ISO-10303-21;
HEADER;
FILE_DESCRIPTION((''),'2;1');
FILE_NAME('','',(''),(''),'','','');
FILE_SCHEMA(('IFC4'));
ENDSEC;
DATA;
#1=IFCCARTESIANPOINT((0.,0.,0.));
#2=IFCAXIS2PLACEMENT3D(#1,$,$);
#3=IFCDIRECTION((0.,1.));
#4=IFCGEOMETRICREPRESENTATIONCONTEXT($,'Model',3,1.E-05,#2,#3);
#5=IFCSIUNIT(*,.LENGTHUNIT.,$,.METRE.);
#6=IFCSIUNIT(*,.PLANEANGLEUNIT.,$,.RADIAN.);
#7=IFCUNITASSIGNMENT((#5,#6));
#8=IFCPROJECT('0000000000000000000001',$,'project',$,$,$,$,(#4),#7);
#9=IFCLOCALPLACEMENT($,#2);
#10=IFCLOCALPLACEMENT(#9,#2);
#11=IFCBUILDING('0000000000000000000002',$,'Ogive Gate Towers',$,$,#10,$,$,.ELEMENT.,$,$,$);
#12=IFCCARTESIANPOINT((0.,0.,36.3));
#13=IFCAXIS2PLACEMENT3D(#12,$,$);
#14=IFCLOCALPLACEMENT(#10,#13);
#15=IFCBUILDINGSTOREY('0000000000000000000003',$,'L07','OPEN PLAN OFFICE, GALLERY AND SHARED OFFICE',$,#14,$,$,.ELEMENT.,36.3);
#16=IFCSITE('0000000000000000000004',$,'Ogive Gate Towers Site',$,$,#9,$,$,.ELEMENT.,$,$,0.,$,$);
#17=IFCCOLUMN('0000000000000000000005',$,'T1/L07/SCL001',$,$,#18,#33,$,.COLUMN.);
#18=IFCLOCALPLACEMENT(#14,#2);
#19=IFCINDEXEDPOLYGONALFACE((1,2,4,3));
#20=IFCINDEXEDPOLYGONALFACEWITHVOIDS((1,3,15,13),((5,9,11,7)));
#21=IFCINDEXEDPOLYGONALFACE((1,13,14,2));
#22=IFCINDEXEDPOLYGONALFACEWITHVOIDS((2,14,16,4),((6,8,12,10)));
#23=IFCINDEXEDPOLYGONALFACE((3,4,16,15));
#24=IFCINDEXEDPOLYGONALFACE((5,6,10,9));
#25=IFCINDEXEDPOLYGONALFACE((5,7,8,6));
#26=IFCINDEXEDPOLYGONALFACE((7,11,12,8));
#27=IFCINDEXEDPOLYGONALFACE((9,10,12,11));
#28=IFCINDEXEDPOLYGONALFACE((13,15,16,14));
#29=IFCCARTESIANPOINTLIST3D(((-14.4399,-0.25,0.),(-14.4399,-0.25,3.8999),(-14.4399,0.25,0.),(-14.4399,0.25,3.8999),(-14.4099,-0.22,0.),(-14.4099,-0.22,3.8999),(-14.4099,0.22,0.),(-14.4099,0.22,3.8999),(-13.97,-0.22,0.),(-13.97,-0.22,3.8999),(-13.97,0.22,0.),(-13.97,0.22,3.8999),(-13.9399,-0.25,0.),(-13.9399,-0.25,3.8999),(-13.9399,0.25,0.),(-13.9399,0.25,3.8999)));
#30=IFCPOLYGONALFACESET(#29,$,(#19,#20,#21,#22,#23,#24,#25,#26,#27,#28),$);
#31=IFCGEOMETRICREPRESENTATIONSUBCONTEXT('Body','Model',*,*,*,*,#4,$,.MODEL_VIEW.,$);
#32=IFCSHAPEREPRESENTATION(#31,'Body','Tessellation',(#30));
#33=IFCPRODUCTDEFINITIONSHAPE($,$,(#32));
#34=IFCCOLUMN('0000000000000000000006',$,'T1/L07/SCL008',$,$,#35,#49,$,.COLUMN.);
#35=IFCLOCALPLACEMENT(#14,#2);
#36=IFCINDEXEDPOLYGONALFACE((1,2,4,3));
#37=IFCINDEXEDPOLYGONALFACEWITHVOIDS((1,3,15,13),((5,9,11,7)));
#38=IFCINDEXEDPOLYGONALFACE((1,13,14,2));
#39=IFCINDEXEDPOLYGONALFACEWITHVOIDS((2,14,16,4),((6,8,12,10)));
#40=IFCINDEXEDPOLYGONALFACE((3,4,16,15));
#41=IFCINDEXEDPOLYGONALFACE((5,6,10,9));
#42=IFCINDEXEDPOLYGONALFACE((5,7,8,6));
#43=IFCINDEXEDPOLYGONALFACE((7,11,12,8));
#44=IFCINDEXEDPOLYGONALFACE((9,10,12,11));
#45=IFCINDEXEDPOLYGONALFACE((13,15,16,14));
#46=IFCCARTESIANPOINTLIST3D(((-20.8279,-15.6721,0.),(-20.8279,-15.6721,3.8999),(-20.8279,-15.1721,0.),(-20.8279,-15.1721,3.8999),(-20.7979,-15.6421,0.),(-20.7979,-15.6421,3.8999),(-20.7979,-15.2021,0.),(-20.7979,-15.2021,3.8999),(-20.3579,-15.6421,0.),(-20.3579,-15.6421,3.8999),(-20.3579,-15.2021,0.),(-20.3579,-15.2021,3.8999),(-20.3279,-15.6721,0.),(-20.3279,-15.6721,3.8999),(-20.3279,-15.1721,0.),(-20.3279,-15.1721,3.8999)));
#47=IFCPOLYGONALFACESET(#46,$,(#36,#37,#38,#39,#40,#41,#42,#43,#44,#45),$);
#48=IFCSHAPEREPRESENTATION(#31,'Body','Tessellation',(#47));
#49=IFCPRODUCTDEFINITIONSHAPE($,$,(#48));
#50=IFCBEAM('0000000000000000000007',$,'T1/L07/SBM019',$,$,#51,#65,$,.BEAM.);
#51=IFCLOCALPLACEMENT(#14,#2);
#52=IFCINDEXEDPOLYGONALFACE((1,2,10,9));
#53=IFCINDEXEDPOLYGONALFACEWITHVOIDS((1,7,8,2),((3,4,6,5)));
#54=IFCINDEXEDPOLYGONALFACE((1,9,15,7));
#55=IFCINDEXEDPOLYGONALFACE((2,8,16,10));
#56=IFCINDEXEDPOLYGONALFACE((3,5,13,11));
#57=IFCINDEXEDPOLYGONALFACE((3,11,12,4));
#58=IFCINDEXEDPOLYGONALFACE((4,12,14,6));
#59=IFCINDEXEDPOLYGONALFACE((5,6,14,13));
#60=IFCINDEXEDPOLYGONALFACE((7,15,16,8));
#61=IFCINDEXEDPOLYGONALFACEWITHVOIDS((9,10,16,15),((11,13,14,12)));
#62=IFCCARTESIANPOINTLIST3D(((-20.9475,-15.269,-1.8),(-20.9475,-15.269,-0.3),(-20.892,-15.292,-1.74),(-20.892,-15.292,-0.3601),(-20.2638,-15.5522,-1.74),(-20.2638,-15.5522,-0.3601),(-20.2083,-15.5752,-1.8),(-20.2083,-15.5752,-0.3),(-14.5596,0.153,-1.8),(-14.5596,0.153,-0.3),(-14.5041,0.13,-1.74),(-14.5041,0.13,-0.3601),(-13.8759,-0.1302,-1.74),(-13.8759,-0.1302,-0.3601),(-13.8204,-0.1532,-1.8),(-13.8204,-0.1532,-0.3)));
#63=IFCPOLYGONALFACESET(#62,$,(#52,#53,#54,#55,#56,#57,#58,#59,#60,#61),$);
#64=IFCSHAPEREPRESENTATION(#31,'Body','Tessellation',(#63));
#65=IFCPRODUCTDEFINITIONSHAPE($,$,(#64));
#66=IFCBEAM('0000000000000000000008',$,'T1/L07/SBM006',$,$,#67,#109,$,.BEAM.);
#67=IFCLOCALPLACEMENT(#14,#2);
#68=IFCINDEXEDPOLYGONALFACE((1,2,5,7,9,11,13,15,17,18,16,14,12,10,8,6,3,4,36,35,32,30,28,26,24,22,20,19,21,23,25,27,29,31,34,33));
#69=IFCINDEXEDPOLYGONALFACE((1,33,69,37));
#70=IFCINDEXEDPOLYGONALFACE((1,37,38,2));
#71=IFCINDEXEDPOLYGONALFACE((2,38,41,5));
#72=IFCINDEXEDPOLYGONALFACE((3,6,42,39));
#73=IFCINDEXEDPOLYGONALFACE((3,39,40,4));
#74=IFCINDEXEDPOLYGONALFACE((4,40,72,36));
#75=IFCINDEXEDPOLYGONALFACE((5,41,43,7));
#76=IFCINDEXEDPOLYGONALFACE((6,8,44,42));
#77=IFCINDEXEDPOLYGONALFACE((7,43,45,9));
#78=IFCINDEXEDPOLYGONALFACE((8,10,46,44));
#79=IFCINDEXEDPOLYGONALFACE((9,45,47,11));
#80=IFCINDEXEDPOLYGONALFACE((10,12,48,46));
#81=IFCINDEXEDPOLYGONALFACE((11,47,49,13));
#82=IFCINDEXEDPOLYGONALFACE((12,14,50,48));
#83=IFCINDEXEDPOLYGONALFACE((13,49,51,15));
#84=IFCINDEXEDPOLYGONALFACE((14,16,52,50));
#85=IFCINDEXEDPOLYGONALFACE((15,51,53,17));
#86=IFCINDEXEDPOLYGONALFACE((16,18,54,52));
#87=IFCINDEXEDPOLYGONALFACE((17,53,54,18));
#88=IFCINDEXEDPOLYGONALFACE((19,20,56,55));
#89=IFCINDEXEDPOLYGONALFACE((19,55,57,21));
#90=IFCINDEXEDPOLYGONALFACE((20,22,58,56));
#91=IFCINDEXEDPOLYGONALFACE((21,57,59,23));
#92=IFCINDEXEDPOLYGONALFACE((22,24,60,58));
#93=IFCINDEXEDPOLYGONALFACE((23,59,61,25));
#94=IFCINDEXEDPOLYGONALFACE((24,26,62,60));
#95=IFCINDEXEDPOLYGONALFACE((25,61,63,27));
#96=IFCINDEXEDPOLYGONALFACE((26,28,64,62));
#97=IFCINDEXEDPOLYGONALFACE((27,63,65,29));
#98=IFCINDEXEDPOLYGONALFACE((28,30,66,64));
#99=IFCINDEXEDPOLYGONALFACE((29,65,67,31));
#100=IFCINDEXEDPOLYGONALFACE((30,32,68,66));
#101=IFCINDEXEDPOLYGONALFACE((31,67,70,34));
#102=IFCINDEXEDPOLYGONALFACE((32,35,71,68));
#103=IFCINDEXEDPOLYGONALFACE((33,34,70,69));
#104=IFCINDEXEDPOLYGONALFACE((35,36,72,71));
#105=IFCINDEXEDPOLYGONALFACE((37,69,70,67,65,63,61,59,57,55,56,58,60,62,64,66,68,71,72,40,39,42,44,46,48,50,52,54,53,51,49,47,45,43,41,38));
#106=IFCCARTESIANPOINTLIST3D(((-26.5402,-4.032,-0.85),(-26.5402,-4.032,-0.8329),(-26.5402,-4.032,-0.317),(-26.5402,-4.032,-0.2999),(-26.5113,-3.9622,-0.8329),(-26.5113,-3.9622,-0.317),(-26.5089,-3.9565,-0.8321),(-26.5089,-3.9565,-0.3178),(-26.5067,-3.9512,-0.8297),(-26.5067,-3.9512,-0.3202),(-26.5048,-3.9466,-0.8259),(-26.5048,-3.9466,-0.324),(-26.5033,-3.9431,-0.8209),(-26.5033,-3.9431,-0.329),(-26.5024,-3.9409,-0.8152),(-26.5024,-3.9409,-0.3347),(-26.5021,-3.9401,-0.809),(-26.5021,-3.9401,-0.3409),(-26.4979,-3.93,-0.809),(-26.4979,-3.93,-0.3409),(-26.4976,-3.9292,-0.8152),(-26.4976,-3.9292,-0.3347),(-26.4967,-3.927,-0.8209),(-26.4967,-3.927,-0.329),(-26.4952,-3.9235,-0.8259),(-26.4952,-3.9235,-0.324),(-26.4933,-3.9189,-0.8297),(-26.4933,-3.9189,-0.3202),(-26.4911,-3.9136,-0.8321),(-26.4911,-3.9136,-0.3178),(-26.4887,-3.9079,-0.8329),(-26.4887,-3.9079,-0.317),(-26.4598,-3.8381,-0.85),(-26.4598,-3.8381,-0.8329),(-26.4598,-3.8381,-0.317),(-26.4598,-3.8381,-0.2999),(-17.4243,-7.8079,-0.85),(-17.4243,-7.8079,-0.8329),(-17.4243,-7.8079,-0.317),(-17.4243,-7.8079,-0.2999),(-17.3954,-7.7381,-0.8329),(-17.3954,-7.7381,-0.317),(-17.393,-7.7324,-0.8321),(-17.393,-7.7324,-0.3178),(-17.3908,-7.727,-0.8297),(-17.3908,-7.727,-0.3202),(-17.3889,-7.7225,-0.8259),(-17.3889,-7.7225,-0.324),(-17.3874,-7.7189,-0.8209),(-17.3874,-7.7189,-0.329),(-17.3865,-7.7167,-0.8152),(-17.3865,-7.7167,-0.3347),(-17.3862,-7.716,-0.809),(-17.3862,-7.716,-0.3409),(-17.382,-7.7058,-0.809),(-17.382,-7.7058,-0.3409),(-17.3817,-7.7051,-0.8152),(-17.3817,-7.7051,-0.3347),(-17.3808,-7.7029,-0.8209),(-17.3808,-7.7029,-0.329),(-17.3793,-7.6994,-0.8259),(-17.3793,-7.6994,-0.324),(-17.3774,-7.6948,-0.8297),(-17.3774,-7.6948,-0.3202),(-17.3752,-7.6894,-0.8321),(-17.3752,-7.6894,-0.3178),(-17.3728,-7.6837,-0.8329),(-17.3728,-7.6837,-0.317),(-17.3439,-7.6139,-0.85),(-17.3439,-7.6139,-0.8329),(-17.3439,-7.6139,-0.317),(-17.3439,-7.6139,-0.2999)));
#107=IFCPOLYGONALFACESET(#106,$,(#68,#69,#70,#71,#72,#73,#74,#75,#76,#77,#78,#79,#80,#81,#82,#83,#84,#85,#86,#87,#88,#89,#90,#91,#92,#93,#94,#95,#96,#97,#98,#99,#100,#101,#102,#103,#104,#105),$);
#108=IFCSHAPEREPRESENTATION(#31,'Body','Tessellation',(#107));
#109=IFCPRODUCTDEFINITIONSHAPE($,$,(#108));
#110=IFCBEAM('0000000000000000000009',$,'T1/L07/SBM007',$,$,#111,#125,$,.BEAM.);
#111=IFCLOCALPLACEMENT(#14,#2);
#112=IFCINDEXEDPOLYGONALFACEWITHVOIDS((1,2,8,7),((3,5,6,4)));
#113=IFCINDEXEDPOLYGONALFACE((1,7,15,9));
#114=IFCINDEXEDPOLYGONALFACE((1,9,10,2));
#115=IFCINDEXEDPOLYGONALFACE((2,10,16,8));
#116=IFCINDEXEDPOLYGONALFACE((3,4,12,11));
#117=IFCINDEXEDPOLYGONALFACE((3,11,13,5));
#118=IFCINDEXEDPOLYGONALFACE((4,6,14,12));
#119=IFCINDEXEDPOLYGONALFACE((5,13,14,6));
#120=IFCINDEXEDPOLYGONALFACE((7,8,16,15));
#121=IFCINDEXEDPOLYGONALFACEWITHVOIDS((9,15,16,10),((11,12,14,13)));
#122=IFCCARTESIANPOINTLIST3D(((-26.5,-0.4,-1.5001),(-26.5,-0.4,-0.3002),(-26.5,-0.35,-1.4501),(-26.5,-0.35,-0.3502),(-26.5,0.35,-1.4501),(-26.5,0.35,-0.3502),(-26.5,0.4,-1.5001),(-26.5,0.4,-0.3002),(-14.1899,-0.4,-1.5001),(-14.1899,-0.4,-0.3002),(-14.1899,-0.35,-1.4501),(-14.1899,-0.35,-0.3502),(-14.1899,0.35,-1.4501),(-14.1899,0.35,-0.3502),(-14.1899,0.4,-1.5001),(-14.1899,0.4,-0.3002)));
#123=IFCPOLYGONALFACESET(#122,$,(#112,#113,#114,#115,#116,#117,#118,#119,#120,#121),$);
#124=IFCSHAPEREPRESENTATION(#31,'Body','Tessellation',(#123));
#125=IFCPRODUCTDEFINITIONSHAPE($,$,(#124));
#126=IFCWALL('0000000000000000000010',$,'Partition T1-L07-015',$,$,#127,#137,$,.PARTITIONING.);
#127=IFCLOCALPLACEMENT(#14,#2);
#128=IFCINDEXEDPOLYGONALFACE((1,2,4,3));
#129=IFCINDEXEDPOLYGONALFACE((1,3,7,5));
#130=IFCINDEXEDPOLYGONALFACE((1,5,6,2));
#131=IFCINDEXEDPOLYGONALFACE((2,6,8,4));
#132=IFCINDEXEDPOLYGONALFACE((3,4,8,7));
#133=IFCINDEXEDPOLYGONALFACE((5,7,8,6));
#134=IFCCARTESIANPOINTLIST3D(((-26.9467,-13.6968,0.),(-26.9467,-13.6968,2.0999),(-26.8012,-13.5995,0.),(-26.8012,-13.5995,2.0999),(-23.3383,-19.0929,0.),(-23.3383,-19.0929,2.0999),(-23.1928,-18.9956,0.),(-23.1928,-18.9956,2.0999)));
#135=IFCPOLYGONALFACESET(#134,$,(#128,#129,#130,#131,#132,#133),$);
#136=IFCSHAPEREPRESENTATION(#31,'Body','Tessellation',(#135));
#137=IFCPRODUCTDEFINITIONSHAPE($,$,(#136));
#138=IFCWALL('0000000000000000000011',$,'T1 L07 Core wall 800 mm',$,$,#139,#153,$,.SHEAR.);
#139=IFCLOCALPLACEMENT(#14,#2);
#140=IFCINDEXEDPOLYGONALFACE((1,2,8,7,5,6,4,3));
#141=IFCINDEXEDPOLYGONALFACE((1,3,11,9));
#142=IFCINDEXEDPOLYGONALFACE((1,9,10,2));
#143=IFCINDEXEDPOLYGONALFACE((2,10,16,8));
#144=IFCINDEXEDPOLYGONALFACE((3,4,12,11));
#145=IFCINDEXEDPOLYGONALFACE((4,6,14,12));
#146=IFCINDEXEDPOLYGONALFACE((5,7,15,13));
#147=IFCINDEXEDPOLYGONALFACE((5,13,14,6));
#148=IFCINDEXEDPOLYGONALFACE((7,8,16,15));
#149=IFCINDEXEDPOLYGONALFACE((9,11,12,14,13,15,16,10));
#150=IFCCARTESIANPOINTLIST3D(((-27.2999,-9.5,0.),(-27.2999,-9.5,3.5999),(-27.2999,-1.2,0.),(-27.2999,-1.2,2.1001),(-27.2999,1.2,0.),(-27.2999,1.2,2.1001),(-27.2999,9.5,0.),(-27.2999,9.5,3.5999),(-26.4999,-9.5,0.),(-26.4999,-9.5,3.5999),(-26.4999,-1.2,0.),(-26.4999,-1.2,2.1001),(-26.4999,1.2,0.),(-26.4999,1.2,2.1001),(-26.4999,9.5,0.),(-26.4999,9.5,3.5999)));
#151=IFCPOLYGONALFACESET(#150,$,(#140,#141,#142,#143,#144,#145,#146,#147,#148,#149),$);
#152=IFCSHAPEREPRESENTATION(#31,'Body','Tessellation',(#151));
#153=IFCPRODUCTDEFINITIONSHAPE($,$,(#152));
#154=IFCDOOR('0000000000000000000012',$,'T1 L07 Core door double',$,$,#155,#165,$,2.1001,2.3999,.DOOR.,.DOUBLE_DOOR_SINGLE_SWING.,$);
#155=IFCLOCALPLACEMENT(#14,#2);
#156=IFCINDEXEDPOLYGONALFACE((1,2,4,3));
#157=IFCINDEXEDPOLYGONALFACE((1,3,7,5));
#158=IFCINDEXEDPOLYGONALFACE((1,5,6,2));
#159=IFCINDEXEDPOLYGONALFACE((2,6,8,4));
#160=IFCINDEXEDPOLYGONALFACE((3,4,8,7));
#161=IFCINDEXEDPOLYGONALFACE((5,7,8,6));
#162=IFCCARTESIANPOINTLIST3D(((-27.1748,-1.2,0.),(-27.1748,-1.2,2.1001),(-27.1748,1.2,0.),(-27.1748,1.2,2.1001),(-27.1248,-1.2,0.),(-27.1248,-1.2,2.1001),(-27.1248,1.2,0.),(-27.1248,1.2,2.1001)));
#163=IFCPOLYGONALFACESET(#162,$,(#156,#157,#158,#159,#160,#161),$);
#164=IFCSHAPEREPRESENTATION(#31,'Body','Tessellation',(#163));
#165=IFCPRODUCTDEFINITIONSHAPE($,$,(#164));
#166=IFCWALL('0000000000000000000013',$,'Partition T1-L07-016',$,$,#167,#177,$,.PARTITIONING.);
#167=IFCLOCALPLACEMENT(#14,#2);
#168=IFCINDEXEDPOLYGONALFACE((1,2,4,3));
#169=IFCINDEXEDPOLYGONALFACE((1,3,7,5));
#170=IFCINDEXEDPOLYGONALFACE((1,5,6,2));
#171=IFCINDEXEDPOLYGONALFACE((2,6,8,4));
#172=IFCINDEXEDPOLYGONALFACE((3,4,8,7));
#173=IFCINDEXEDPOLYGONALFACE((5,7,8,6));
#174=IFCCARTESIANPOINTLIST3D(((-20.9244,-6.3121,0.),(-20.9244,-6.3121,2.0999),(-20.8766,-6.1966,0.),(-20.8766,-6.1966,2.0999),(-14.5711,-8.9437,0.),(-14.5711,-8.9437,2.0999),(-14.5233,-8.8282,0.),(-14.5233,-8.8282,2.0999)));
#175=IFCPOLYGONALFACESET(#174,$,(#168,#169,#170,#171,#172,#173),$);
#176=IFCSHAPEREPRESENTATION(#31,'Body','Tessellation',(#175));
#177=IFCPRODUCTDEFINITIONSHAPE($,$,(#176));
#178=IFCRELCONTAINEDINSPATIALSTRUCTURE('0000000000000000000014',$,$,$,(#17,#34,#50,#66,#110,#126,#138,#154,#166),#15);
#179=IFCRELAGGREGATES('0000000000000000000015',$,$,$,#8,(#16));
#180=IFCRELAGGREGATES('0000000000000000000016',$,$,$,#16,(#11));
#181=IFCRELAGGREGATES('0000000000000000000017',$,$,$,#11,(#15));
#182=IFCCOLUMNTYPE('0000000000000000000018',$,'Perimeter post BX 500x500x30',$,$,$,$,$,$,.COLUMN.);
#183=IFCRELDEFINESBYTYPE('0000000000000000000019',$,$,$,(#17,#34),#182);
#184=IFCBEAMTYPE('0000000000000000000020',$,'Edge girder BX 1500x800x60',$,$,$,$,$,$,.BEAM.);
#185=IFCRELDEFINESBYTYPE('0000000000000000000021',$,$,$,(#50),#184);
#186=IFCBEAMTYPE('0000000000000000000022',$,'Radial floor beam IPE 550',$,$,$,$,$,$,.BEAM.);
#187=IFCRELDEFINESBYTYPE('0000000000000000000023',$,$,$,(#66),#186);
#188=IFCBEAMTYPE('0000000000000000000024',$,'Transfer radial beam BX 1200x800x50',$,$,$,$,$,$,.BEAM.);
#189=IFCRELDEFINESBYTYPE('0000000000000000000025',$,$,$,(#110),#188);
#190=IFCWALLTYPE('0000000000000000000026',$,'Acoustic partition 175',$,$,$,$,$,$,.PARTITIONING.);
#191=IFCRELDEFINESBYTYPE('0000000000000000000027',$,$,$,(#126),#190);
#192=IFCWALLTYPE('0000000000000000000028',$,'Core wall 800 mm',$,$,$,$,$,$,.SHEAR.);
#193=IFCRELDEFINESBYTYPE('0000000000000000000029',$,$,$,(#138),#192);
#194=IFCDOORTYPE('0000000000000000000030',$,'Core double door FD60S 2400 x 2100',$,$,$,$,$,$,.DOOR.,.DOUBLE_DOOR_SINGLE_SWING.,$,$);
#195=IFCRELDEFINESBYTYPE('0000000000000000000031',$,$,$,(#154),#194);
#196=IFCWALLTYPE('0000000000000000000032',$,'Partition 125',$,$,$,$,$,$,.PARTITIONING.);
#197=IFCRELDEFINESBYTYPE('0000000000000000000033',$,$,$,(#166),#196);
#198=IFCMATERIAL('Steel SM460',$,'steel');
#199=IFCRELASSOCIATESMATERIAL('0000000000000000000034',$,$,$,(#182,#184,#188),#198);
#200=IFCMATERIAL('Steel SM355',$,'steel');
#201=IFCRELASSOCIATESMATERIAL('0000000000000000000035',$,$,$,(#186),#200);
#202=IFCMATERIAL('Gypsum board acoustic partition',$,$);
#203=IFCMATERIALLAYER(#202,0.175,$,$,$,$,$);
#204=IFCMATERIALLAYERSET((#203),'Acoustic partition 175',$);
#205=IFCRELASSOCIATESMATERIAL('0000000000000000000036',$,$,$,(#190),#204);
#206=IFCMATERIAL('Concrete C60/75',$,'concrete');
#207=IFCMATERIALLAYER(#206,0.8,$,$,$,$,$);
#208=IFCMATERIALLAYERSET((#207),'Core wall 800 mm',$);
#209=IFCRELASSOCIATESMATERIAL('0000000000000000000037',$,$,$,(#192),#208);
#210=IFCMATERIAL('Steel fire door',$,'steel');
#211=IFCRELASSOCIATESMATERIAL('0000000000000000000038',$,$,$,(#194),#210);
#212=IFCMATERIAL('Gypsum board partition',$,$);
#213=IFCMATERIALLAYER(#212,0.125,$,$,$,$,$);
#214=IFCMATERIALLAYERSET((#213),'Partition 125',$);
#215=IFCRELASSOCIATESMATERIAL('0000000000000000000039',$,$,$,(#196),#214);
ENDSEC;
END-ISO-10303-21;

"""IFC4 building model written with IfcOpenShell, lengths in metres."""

from ifc_helpers import new_model, si_unit, direction, frame, frame_2d, origin, origin_2d, place, context, subcontext, project, spatial, rectangle, hollow_rectangle, i_section, extrude, material, layer, layer_set, material_profile, profile_set, type_object, element, fill, save


model = new_model("IFC4")

# Units and contexts
model_context = context("Model", 3, precision=1e-05, world=origin(), true_north=direction((0.0, 1.0)))
body_context = subcontext(model_context, "Body", "Model", "MODEL_VIEW")
ifc_project = project(units=[si_unit("LENGTHUNIT", "METRE"), si_unit("PLANEANGLEUNIT", "RADIAN")], contexts=[model_context])

# Site, building, storey
site_placement = place(None, origin())
site = spatial("IfcSite", under=ifc_project, at=site_placement, Name="Ogive Gate Towers Site", CompositionType="ELEMENT", RefElevation=0.0)
building_placement = place(site_placement, origin())
building = spatial("IfcBuilding", under=site, at=building_placement, Name="Ogive Gate Towers", CompositionType="ELEMENT")
storey_placement = place(building_placement, frame((0.0, 0.0, 36.3)))
storey = spatial("IfcBuildingStorey", under=building, at=storey_placement, Name="L07", Description="OPEN PLAN OFFICE, GALLERY AND SHARED OFFICE", CompositionType="ELEMENT", Elevation=36.3)

# Columns
ifc_material_1 = material(Name="Steel SM460", Category="steel")
ifc_material_profile_1 = material_profile(ifc_material_1, hollow_rectangle(XDim=0.5, YDim=0.5, WallThickness=0.03, at=origin_2d()), Name="BX 500x500x30")
ifc_profile_set_1 = profile_set([ifc_material_profile_1], Name="Steel SM460")
column_type = type_object("IfcColumnType", Name="Perimeter post BX 500x500x30", PredefinedType="COLUMN", material=ifc_profile_set_1)
for number, where, z_axis, x_axis, name in (
    (1, (-14.1899, 0.0, 0.0), (0.0, 0.0, 1.0), (1.0, 0.0, 0.0), "T1/L07/SCL001"),
    (2, (-20.5779, -15.4221, 0.0), (0.0, 0.0, 1.0), (1.0, 0.0, 0.0), "T1/L07/SCL008"),
):
    element("IfcColumn", number, at=place(storey_placement, frame(where, z_axis=z_axis, x_axis=x_axis)), inside=storey, type_object=column_type, Name=name, PredefinedType="COLUMN", context=body_context, shape_type="SweptSolid", body=[
        extrude(hollow_rectangle(XDim=0.5, YDim=0.5, WallThickness=0.03, at=origin_2d()), origin(), (0.0, 0.0, 1.0), 3.8999),
    ])

# Beams
ifc_material_profile_2 = material_profile(ifc_material_1, hollow_rectangle(XDim=0.8, YDim=1.5, WallThickness=0.0601, at=origin_2d()), Name="BX 1500x800x60")
ifc_profile_set_2 = profile_set([ifc_material_profile_2], Name="Steel SM460")
beam_type_1 = type_object("IfcBeamType", Name="Edge girder BX 1500x800x60", PredefinedType="BEAM", material=ifc_profile_set_2)
beam_1_placement = place(storey_placement, frame((-20.5779, -15.4221, -1.05), z_axis=(0.382678, 0.923882, 0.0), x_axis=(-0.923882, 0.382678, 0.0)))
element("IfcBeam", 3, at=beam_1_placement, inside=storey, type_object=beam_type_1, Name="T1/L07/SBM019", PredefinedType="BEAM", context=body_context, shape_type="SweptSolid", body=[
    extrude(hollow_rectangle(XDim=0.8, YDim=1.5, WallThickness=0.0601, at=origin_2d()), origin(), (0.0, 0.0, 1.0), 16.6926),
])
ifc_material_2 = material(Name="Steel SM355", Category="steel")
ifc_material_profile_3 = material_profile(ifc_material_2, i_section(OverallWidth=0.21, OverallDepth=0.55, WebThickness=0.011, FlangeThickness=0.0171, FilletRadius=0.0239, at=origin_2d()), Name="IPE 550")
ifc_profile_set_3 = profile_set([ifc_material_profile_3], Name="Steel SM355")
beam_type_2 = type_object("IfcBeamType", Name="Radial floor beam IPE 550", PredefinedType="BEAM", material=ifc_profile_set_3)
beam_2_placement = place(storey_placement, frame((-26.5, -3.9351, -0.575), z_axis=(0.923882, -0.382677, 0.0), x_axis=(0.382677, 0.923882, 0.0)))
element("IfcBeam", 4, at=beam_2_placement, inside=storey, type_object=beam_type_2, Name="T1/L07/SBM006", PredefinedType="BEAM", context=body_context, shape_type="SweptSolid", body=[
    extrude(i_section(OverallWidth=0.21, OverallDepth=0.55, WebThickness=0.011, FlangeThickness=0.0171, FilletRadius=0.0239, at=origin_2d()), origin(), (0.0, 0.0, 1.0), 9.8669),
])
ifc_material_profile_4 = material_profile(ifc_material_1, hollow_rectangle(XDim=0.8, YDim=1.2, WallThickness=0.05, at=origin_2d()), Name="BX 1200x800x50")
ifc_profile_set_4 = profile_set([ifc_material_profile_4], Name="Steel SM460")
beam_type_3 = type_object("IfcBeamType", Name="Transfer radial beam BX 1200x800x50", PredefinedType="BEAM", material=ifc_profile_set_4)
beam_3_placement = place(storey_placement, frame((-26.5, 0.0, -0.9001), z_axis=(1.0, 0.0, 0.0), x_axis=(0.0, 1.0, 0.0)))
element("IfcBeam", 5, at=beam_3_placement, inside=storey, type_object=beam_type_3, Name="T1/L07/SBM007", PredefinedType="BEAM", context=body_context, shape_type="SweptSolid", body=[
    extrude(hollow_rectangle(XDim=0.8, YDim=1.2, WallThickness=0.05, at=origin_2d()), origin(), (0.0, 0.0, 1.0), 12.3101),
])

# Wall
ifc_material_3 = material(Name="Gypsum board acoustic partition")
ifc_layer_1 = layer(ifc_material_3, 0.175)
ifc_layer_set_1 = layer_set([ifc_layer_1], Name="Acoustic partition 175")
wall_type_1 = type_object("IfcWallType", Name="Acoustic partition 175", PredefinedType="PARTITIONING", material=ifc_layer_set_1)
wall_1_placement = place(storey_placement, frame((-23.2656, -19.0442, 0.0), z_axis=(0.0, 0.0, 1.0), x_axis=(-0.555863, 0.831274, 0.0)))
element("IfcWall", 6, at=wall_1_placement, inside=storey, type_object=wall_type_1, Name="Partition T1-L07-015", PredefinedType="PARTITIONING", context=body_context, shape_type="SweptSolid", body=[
    extrude(rectangle(XDim=6.4915, YDim=0.175, at=frame_2d((3.2456, 0.0))), origin(), (0.0, 0.0, 1.0), 2.0999),
])

# Wall, opening, door
ifc_material_4 = material(Name="Concrete C60/75", Category="concrete")
ifc_layer_2 = layer(ifc_material_4, 0.8)
ifc_layer_set_2 = layer_set([ifc_layer_2], Name="Core wall 800 mm")
wall_type_2 = type_object("IfcWallType", Name="Core wall 800 mm", PredefinedType="SHEAR", material=ifc_layer_set_2)
wall_2_placement = place(storey_placement, frame((-26.8999, -9.5, 0.0), z_axis=(0.0, 0.0, 1.0), x_axis=(0.0, 1.0, 0.0)))
wall_2 = element("IfcWall", 7, at=wall_2_placement, inside=storey, type_object=wall_type_2, Name="T1 L07 Core wall 800 mm", PredefinedType="SHEAR", context=body_context, shape_type="SweptSolid", body=[
    extrude(rectangle(XDim=19.0, YDim=0.8, at=frame_2d((9.5, 0.0))), origin(), (0.0, 0.0, 1.0), 3.5999),
])
opening_1_placement = place(wall_2_placement, frame((8.3, 0.0, 0.0)))
opening_1 = element("IfcOpeningElement", 8, at=opening_1_placement, cuts=wall_2, PredefinedType="OPENING", context=body_context, shape_type="SweptSolid", body=[
    extrude(rectangle(XDim=2.3999, YDim=2.1001, at=frame_2d((1.2, 1.05))), frame((0.0, 0.4102, 0.0), z_axis=(0.0, -1.0, 0.0), x_axis=(1.0, 0.0, 0.0)), (0.0, 0.0, 1.0), 0.8201),
])
ifc_material_5 = material(Name="Steel fire door", Category="steel")
door_type_1 = type_object("IfcDoorType", Name="Core double door FD60S 2400 x 2100", OperationType="DOUBLE_DOOR_SINGLE_SWING", PredefinedType="DOOR", material=ifc_material_5)
door_1_placement = place(opening_1_placement, origin())
door_1 = element("IfcDoor", 9, at=door_1_placement, inside=storey, type_object=door_type_1, Name="T1 L07 Core door double", OperationType="DOUBLE_DOOR_SINGLE_SWING", OverallHeight=2.1001, OverallWidth=2.3999, PredefinedType="DOOR", context=body_context, shape_type="SweptSolid", body=[
    extrude(rectangle(XDim=2.3999, YDim=2.1001, at=frame_2d((1.2, 1.05))), frame((0.0, 0.2749, 0.0), z_axis=(0.0, -1.0, 0.0), x_axis=(1.0, 0.0, 0.0)), (0.0, 0.0, 1.0), 0.05),
])
fill(opening_1, door_1)

# Wall
ifc_material_6 = material(Name="Gypsum board partition")
ifc_layer_3 = layer(ifc_material_6, 0.125)
ifc_layer_set_3 = layer_set([ifc_layer_3], Name="Partition 125")
wall_type_3 = type_object("IfcWallType", Name="Partition 125", PredefinedType="PARTITIONING", material=ifc_layer_set_3)
wall_3_placement = place(storey_placement, frame((-14.5471, -8.886, 0.0), z_axis=(0.0, 0.0, 1.0), x_axis=(-0.923881, 0.382681, 0.0)))
element("IfcWall", 10, at=wall_3_placement, inside=storey, type_object=wall_type_3, Name="Partition T1-L07-016", PredefinedType="PARTITIONING", context=body_context, shape_type="SweptSolid", body=[
    extrude(rectangle(XDim=6.8767, YDim=0.125, at=frame_2d((3.4385, 0.0))), origin(), (0.0, 0.0, 1.0), 2.0999),
])

save(model, "model.ifc")
